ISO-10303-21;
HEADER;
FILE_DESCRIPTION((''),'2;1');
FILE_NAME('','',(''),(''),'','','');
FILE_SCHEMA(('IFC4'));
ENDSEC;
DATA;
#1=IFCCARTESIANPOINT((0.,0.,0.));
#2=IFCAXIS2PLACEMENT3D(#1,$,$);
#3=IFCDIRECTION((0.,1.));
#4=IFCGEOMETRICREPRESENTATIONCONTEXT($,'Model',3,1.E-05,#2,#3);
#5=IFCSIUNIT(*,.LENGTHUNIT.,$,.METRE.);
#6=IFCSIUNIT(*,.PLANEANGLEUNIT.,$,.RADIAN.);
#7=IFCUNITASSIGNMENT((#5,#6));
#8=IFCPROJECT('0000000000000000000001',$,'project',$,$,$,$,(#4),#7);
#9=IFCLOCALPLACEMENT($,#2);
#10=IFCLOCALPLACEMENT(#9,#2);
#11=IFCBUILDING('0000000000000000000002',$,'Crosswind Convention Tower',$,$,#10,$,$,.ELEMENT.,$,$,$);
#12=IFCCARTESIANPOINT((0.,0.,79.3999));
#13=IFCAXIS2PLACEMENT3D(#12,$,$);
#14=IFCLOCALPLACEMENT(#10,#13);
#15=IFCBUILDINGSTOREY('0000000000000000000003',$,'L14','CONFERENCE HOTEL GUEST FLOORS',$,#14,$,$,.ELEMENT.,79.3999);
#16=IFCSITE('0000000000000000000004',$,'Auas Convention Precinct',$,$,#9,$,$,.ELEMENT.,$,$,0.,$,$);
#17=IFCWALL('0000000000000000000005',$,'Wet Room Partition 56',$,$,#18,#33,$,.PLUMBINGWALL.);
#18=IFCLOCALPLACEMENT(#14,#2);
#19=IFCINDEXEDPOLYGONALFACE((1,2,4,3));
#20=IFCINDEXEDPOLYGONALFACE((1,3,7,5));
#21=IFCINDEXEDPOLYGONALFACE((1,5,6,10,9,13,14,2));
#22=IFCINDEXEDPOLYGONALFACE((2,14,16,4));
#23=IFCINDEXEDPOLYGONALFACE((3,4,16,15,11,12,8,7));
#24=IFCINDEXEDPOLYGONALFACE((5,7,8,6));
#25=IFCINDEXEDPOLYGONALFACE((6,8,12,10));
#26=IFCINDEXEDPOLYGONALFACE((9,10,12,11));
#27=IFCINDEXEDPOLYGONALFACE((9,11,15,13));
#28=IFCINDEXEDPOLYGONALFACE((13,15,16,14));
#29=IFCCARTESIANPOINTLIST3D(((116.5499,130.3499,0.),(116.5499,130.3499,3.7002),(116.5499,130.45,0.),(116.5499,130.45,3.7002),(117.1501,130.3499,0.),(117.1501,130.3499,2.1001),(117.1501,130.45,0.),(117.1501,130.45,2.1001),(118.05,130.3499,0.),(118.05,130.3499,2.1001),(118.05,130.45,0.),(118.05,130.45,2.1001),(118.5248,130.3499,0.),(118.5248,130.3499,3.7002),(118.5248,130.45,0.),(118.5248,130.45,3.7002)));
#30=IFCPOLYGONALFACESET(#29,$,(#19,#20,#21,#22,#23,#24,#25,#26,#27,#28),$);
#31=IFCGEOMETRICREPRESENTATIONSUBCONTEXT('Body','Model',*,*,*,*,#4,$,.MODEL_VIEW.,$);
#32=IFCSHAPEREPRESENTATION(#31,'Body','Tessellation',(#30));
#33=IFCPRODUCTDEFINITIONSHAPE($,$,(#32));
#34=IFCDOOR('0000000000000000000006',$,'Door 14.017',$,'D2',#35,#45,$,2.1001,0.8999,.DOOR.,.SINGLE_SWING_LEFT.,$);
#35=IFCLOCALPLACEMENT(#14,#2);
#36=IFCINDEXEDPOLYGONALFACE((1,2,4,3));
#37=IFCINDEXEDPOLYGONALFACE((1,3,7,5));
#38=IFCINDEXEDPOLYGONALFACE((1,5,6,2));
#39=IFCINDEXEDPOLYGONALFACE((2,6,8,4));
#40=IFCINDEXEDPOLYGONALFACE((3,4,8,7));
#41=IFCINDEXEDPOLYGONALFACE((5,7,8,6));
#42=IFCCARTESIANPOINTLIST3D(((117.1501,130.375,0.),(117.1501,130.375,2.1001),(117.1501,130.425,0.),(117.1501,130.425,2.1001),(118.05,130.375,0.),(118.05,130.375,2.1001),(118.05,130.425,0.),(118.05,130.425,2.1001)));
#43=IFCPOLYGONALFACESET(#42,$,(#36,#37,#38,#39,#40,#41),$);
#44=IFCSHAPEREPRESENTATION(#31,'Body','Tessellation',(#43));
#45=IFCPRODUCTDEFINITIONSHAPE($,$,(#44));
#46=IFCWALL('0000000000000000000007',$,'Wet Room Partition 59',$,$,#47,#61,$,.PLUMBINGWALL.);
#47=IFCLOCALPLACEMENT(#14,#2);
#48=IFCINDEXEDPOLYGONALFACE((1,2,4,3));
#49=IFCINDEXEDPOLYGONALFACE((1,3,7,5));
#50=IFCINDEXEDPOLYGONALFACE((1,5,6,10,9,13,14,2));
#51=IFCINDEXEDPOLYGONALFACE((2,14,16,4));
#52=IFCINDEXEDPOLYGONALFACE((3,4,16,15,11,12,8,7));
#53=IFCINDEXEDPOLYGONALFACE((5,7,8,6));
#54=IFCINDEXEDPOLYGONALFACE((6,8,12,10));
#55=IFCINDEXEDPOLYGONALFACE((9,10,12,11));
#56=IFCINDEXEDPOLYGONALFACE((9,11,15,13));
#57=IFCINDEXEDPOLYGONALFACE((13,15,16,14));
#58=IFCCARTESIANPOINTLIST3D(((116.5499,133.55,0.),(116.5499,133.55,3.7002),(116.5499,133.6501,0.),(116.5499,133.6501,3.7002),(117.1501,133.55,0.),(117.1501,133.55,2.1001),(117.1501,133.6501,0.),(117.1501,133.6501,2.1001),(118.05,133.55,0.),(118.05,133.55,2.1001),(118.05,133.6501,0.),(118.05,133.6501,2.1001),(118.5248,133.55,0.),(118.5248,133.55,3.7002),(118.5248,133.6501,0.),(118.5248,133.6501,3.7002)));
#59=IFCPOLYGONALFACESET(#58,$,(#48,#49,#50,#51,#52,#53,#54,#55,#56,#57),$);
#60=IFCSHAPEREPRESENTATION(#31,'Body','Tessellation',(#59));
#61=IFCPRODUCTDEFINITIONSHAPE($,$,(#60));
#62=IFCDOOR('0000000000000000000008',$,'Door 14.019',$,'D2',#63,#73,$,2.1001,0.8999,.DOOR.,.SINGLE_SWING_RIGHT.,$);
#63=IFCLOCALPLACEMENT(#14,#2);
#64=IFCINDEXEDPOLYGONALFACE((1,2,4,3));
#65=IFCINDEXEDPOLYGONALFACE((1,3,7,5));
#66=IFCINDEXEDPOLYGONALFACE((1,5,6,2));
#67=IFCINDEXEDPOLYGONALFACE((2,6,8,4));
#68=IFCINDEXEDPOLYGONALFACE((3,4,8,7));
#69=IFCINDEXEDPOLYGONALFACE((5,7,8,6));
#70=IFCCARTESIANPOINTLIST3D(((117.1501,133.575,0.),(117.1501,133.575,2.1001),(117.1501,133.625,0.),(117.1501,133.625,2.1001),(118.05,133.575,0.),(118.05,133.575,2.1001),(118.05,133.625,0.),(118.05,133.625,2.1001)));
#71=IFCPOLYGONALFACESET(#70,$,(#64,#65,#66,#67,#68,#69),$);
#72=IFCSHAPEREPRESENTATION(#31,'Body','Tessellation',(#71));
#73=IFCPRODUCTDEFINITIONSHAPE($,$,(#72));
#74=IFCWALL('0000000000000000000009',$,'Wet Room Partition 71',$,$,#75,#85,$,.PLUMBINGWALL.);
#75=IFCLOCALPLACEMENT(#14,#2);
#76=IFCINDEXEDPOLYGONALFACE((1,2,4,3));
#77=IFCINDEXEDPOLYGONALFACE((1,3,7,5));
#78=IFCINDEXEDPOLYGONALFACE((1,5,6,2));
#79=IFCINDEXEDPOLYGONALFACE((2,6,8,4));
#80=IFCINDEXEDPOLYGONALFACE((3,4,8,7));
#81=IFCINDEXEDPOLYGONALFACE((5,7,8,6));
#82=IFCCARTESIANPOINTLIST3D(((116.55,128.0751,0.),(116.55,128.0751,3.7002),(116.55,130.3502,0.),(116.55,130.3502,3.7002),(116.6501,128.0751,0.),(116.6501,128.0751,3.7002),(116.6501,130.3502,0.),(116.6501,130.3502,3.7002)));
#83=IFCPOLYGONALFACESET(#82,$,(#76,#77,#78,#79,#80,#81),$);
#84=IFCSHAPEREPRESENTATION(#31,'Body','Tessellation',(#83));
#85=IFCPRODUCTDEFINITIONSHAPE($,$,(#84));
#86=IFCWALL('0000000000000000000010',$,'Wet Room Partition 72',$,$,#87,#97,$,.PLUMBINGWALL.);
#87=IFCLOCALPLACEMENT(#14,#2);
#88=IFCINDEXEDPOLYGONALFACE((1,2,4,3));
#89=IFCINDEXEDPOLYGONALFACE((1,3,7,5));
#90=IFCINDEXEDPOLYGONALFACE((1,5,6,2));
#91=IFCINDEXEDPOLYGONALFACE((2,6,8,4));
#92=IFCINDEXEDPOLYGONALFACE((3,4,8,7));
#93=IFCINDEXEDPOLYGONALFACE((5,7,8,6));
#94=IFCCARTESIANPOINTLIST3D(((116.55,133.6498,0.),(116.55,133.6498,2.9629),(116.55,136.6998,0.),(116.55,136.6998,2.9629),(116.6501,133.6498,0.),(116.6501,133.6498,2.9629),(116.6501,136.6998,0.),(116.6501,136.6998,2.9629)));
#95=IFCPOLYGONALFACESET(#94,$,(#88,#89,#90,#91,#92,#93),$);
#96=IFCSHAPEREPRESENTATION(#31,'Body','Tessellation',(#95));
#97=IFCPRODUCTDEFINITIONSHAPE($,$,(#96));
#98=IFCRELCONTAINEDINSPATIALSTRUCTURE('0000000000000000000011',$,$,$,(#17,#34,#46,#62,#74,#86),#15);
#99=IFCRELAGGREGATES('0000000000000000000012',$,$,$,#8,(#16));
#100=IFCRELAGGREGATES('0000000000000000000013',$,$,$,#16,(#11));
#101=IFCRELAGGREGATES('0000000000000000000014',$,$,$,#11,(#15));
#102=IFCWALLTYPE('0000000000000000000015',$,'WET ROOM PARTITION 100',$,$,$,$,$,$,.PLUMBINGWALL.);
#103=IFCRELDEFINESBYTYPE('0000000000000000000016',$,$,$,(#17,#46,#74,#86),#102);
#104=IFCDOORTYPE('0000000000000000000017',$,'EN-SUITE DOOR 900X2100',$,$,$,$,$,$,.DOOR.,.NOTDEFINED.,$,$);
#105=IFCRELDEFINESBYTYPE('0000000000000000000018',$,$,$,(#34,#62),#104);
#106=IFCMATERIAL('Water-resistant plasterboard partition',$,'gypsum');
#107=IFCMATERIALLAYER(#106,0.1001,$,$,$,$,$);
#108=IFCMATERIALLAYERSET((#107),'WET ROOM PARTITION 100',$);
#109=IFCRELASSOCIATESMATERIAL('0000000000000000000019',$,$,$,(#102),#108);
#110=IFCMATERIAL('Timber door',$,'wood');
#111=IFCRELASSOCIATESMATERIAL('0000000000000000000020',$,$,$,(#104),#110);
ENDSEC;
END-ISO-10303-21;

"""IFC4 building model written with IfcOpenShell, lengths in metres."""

from ifc_helpers import new_model, si_unit, direction, frame, frame_2d, origin, place, context, subcontext, project, spatial, rectangle, extrude, material, layer, layer_set, type_object, element, fill, save


model = new_model("IFC4")

# Units and contexts
model_context = context("Model", 3, precision=1e-05, world=origin(), true_north=direction((0.0, 1.0)))
body_context = subcontext(model_context, "Body", "Model", "MODEL_VIEW")
ifc_project = project(units=[si_unit("LENGTHUNIT", "METRE"), si_unit("PLANEANGLEUNIT", "RADIAN")], contexts=[model_context])

# Site, building, storey
site_placement = place(None, origin())
site = spatial("IfcSite", under=ifc_project, at=site_placement, Name="Auas Convention Precinct", CompositionType="ELEMENT", RefElevation=0.0)
building_placement = place(site_placement, origin())
building = spatial("IfcBuilding", under=site, at=building_placement, Name="Crosswind Convention Tower", CompositionType="ELEMENT")
storey_placement = place(building_placement, frame((0.0, 0.0, 79.3999)))
storey = spatial("IfcBuildingStorey", under=building, at=storey_placement, Name="L14", Description="CONFERENCE HOTEL GUEST FLOORS", CompositionType="ELEMENT", Elevation=79.3999)

# Walls, openings, doors
ifc_material_1 = material(Name="Water-resistant plasterboard partition", Category="gypsum")
ifc_layer_1 = layer(ifc_material_1, 0.1001)
ifc_layer_set_1 = layer_set([ifc_layer_1], Name="WET ROOM PARTITION 100")
wall_type_1 = type_object("IfcWallType", Name="WET ROOM PARTITION 100", PredefinedType="PLUMBINGWALL", material=ifc_layer_set_1)
wall_1_placement = place(storey_placement, frame((116.55, 130.3999, 0.0), z_axis=(0.0, 0.0, 1.0), x_axis=(1.0, 0.0, 0.0)))
wall_1 = element("IfcWall", 1, at=wall_1_placement, inside=storey, type_object=wall_type_1, Name="Wet Room Partition 56", PredefinedType="PLUMBINGWALL", context=body_context, shape_type="SweptSolid", body=[
    extrude(rectangle(XDim=1.9749, YDim=0.1001, at=frame_2d((0.9873, 0.0))), origin(), (0.0, 0.0, 1.0), 3.7002),
])
opening_1_placement = place(wall_1_placement, frame((0.6001, 0.0, 0.0)))
opening_1 = element("IfcOpeningElement", 2, at=opening_1_placement, cuts=wall_1, PredefinedType="OPENING", context=body_context, shape_type="SweptSolid", body=[
    extrude(rectangle(XDim=0.8999, YDim=2.1001, at=frame_2d((0.45, 1.05))), frame((0.0, 0.0601, 0.0), z_axis=(0.0, -1.0, 0.0), x_axis=(1.0, 0.0, 0.0)), (0.0, 0.0, 1.0), 0.1201),
])
ifc_material_2 = material(Name="Timber door", Category="wood")
door_type = type_object("IfcDoorType", Name="EN-SUITE DOOR 900X2100", OperationType="NOTDEFINED", PredefinedType="DOOR", material=ifc_material_2)
door_1_placement = place(opening_1_placement, frame((0.8999, 0.0, 0.0), z_axis=(0.0, 0.0, 1.0), x_axis=(-1.0, 0.0, 0.0)))
door_1 = element("IfcDoor", 3, at=door_1_placement, inside=storey, type_object=door_type, Name="Door 14.017", ObjectType="D2", OperationType="SINGLE_SWING_LEFT", OverallHeight=2.1001, OverallWidth=0.8999, PredefinedType="DOOR", context=body_context, shape_type="SweptSolid", body=[
    extrude(rectangle(XDim=0.8999, YDim=2.1001, at=frame_2d((0.45, 1.05))), frame((0.0, 0.0249, 0.0), z_axis=(0.0, -1.0, 0.0), x_axis=(1.0, 0.0, 0.0)), (0.0, 0.0, 1.0), 0.05),
])
fill(opening_1, door_1)
wall_2_placement = place(storey_placement, frame((116.55, 133.6001, 0.0), z_axis=(0.0, 0.0, 1.0), x_axis=(1.0, 0.0, 0.0)))
wall_2 = element("IfcWall", 4, at=wall_2_placement, inside=storey, type_object=wall_type_1, Name="Wet Room Partition 59", PredefinedType="PLUMBINGWALL", context=body_context, shape_type="SweptSolid", body=[
    extrude(rectangle(XDim=1.9749, YDim=0.1001, at=frame_2d((0.9873, 0.0))), origin(), (0.0, 0.0, 1.0), 3.7002),
])
opening_2_placement = place(wall_2_placement, frame((0.6001, 0.0, 0.0)))
opening_2 = element("IfcOpeningElement", 5, at=opening_2_placement, cuts=wall_2, PredefinedType="OPENING", context=body_context, shape_type="SweptSolid", body=[
    extrude(rectangle(XDim=0.8999, YDim=2.1001, at=frame_2d((0.45, 1.05))), frame((0.0, 0.0601, 0.0), z_axis=(0.0, -1.0, 0.0), x_axis=(1.0, 0.0, 0.0)), (0.0, 0.0, 1.0), 0.1201),
])
door_2_placement = place(opening_2_placement, origin())
door_2 = element("IfcDoor", 6, at=door_2_placement, inside=storey, type_object=door_type, Name="Door 14.019", ObjectType="D2", OperationType="SINGLE_SWING_RIGHT", OverallHeight=2.1001, OverallWidth=0.8999, PredefinedType="DOOR", context=body_context, shape_type="SweptSolid", body=[
    extrude(rectangle(XDim=0.8999, YDim=2.1001, at=frame_2d((0.45, 1.05))), frame((0.0, 0.0249, 0.0), z_axis=(0.0, -1.0, 0.0), x_axis=(1.0, 0.0, 0.0)), (0.0, 0.0, 1.0), 0.05),
])
fill(opening_2, door_2)

# Walls
wall_3_placement = place(storey_placement, frame((116.6001, 128.075, 0.0), z_axis=(0.0, 0.0, 1.0), x_axis=(0.0, 1.0, 0.0)))
element("IfcWall", 7, at=wall_3_placement, inside=storey, type_object=wall_type_1, Name="Wet Room Partition 71", PredefinedType="PLUMBINGWALL", context=body_context, shape_type="SweptSolid", body=[
    extrude(rectangle(XDim=2.2751, YDim=0.1001, at=frame_2d((1.1377, 0.0))), origin(), (0.0, 0.0, 1.0), 3.7002),
])
wall_4_placement = place(storey_placement, frame((116.6001, 133.6499, 0.0), z_axis=(0.0, 0.0, 1.0), x_axis=(0.0, 1.0, 0.0)))
element("IfcWall", 8, at=wall_4_placement, inside=storey, type_object=wall_type_1, Name="Wet Room Partition 72", PredefinedType="PLUMBINGWALL", context=body_context, shape_type="SweptSolid", body=[
    extrude(rectangle(XDim=3.05, YDim=0.1001, at=frame_2d((1.5249, 0.0))), origin(), (0.0, 0.0, 1.0), 2.9629),
])

save(model, "model.ifc")
